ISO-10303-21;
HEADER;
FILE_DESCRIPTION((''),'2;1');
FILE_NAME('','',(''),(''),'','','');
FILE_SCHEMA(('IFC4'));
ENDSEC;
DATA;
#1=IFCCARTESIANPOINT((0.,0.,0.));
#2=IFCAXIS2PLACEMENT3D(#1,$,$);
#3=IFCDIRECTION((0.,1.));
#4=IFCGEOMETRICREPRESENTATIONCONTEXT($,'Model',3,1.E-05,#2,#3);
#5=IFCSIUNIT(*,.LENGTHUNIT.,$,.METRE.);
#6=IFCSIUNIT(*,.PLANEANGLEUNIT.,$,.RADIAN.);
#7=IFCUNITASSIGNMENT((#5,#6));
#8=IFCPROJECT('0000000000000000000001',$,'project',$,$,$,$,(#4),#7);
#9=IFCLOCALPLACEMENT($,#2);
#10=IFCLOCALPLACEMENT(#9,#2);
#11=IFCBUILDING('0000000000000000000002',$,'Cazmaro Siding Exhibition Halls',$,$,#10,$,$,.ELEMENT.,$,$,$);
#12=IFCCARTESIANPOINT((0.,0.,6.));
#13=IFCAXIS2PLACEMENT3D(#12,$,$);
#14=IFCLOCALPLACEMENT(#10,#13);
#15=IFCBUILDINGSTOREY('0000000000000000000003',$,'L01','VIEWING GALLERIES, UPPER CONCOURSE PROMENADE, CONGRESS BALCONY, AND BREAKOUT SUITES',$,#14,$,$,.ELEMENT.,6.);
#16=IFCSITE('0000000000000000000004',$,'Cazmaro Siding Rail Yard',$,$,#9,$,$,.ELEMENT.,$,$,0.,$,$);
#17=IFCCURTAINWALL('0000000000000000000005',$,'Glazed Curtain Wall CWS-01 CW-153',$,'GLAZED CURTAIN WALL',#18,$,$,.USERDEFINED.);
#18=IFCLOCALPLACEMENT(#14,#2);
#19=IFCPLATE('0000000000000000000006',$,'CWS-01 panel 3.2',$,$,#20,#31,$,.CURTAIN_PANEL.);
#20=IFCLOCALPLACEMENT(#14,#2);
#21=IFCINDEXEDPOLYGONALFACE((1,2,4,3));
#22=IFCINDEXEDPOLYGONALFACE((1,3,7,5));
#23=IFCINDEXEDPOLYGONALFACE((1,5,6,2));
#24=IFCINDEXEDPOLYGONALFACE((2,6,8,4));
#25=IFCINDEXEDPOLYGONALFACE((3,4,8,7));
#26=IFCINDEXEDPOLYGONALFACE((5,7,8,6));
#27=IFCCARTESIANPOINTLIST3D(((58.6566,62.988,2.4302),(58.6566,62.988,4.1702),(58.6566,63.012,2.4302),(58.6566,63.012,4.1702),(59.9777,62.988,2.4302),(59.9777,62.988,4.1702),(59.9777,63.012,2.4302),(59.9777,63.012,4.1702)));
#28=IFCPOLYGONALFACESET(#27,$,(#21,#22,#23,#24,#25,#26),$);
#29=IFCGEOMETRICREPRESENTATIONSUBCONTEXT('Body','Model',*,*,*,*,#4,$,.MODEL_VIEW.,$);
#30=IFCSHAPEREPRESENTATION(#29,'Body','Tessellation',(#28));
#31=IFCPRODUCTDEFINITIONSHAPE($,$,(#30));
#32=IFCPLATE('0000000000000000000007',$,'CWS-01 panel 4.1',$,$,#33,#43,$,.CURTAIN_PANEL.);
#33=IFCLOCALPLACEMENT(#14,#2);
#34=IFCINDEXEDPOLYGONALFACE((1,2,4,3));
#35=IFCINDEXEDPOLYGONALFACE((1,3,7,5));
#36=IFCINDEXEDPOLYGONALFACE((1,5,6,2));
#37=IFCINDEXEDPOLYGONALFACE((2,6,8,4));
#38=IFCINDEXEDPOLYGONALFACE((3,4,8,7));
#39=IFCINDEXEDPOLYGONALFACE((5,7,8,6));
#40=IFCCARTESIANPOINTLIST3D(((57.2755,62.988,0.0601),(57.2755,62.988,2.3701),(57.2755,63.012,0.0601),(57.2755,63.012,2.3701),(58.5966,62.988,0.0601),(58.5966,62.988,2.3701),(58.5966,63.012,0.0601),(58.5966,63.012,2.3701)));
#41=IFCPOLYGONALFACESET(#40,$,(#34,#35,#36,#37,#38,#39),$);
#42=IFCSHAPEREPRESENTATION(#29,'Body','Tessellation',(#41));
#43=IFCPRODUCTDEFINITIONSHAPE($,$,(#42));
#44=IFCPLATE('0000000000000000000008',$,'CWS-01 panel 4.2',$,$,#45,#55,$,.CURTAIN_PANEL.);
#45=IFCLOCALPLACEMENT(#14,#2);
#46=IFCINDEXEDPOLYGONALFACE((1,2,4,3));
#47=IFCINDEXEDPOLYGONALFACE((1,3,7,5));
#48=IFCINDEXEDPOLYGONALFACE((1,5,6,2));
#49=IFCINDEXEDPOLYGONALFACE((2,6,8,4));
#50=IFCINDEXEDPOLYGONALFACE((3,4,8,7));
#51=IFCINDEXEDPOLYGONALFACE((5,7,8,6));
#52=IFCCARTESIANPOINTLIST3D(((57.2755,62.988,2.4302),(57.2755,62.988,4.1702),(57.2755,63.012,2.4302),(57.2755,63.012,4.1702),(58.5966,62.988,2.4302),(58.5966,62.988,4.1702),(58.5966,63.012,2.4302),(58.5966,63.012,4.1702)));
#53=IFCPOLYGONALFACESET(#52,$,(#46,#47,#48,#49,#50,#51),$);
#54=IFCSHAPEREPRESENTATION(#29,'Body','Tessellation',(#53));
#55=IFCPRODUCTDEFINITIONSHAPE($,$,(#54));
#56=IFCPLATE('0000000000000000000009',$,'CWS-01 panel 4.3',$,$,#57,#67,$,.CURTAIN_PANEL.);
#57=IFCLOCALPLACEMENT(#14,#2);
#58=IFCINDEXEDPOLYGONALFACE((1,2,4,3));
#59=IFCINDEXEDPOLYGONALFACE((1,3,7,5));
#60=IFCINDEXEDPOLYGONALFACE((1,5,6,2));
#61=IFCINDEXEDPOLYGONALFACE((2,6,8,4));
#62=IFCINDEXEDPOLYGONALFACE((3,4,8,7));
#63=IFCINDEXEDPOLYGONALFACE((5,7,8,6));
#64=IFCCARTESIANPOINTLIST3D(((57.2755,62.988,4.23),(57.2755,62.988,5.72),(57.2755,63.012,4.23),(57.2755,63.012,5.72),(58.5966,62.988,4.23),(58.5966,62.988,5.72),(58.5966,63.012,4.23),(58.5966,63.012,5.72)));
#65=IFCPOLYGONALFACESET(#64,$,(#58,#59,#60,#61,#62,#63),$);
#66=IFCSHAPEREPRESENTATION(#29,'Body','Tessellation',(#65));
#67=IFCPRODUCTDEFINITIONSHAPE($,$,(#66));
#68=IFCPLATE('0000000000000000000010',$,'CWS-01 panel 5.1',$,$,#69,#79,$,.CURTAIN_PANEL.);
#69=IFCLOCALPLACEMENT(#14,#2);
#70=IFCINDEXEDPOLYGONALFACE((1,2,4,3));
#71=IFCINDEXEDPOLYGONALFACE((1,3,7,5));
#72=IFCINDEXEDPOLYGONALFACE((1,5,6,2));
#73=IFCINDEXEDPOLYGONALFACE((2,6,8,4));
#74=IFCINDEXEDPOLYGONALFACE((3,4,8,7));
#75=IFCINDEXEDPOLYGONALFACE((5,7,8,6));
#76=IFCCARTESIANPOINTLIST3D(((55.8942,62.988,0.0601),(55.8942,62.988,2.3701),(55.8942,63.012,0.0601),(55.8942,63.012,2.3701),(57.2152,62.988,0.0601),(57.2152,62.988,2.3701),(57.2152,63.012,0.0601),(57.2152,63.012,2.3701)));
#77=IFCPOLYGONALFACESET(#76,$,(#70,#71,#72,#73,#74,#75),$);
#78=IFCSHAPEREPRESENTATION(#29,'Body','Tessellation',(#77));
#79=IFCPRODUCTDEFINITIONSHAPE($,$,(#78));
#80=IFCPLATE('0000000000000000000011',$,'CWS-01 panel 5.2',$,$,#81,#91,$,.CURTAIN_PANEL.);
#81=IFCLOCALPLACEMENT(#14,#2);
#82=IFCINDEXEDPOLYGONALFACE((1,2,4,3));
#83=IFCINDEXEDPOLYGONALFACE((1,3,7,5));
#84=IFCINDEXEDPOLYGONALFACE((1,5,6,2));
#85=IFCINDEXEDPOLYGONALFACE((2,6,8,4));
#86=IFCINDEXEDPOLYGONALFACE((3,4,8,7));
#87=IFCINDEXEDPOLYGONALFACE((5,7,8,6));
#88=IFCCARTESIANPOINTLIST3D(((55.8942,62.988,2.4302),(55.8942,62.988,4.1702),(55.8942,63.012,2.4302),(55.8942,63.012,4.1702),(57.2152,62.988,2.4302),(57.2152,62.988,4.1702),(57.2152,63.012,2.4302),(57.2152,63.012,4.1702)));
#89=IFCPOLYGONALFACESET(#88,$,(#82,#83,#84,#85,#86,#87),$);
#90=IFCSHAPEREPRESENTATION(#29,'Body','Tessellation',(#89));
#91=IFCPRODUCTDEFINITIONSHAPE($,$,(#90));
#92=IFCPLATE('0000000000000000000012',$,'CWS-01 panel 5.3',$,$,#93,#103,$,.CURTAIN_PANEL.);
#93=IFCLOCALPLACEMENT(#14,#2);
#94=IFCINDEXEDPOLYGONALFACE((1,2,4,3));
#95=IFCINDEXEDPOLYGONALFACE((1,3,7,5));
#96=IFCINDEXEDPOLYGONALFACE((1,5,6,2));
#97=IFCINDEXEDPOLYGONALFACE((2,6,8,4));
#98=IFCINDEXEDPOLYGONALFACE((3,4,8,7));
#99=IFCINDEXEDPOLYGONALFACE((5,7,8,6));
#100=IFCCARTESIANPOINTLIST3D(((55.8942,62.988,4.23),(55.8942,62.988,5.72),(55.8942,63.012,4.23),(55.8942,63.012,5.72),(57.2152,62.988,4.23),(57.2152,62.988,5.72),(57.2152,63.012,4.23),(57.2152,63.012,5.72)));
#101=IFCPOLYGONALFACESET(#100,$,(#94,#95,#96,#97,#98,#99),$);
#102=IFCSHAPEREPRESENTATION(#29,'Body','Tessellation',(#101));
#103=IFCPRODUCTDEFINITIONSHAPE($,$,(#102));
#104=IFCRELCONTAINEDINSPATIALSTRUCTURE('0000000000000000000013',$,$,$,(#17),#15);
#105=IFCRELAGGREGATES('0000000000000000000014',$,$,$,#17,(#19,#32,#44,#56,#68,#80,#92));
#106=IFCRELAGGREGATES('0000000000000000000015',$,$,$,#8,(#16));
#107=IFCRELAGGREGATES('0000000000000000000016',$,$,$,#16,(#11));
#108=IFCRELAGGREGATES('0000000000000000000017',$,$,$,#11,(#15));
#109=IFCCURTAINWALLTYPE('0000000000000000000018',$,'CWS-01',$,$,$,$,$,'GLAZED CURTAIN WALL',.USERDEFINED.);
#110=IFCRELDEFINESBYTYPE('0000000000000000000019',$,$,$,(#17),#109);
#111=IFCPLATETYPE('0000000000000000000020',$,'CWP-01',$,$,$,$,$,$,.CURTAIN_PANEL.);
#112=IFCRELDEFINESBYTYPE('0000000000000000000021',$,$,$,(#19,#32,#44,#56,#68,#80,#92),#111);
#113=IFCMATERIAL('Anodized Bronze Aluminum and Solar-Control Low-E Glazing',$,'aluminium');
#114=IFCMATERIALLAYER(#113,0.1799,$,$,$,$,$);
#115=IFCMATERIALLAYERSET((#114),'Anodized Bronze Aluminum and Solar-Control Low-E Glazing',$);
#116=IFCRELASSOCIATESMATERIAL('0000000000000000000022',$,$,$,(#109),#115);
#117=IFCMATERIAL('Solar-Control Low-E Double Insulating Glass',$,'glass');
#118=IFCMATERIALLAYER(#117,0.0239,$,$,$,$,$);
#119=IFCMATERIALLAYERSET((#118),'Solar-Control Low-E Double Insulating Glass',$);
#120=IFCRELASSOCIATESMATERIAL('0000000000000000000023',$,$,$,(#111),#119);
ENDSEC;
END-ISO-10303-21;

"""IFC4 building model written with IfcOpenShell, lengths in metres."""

from ifc_helpers import new_model, si_unit, direction, frame, origin, origin_2d, place, context, subcontext, project, spatial, rectangle, extrude, material, layer, layer_set, type_object, element, aggregate, save


model = new_model("IFC4")

# Units and contexts
model_context = context("Model", 3, precision=1e-05, world=origin(), true_north=direction((0.0, 1.0)))
body_context = subcontext(model_context, "Body", "Model", "MODEL_VIEW")
ifc_project = project(units=[si_unit("LENGTHUNIT", "METRE"), si_unit("PLANEANGLEUNIT", "RADIAN")], contexts=[model_context])

# Site, building, storey
site_placement = place(None, origin())
site = spatial("IfcSite", under=ifc_project, at=site_placement, Name="Cazmaro Siding Rail Yard", CompositionType="ELEMENT", RefElevation=0.0)
building_placement = place(site_placement, origin())
building = spatial("IfcBuilding", under=site, at=building_placement, Name="Cazmaro Siding Exhibition Halls", CompositionType="ELEMENT")
storey_placement = place(building_placement, frame((0.0, 0.0, 6.0)))
storey = spatial("IfcBuildingStorey", under=building, at=storey_placement, Name="L01", Description="VIEWING GALLERIES, UPPER CONCOURSE PROMENADE, CONGRESS BALCONY, AND BREAKOUT SUITES", CompositionType="ELEMENT", Elevation=6.0)

# Curtain wall, plates
ifc_material_1 = material(Name="Anodized Bronze Aluminum and Solar-Control Low-E Glazing", Category="aluminium")
ifc_layer_1 = layer(ifc_material_1, 0.1799)
ifc_layer_set_1 = layer_set([ifc_layer_1], Name="Anodized Bronze Aluminum and Solar-Control Low-E Glazing")
curtain_wall_type = type_object("IfcCurtainWallType", Name="CWS-01", ElementType="GLAZED CURTAIN WALL", PredefinedType="USERDEFINED", material=ifc_layer_set_1)
curtain_wall_placement = place(storey_placement, origin())
curtain_wall = element("IfcCurtainWall", 1, at=curtain_wall_placement, inside=storey, type_object=curtain_wall_type, Name="Glazed Curtain Wall CWS-01 CW-153", ObjectType="GLAZED CURTAIN WALL", PredefinedType="USERDEFINED")
ifc_material_2 = material(Name="Solar-Control Low-E Double Insulating Glass", Category="glass")
ifc_layer_2 = layer(ifc_material_2, 0.0239)
ifc_layer_set_2 = layer_set([ifc_layer_2], Name="Solar-Control Low-E Double Insulating Glass")
plate_type = type_object("IfcPlateType", Name="CWP-01", PredefinedType="CURTAIN_PANEL", material=ifc_layer_set_2)
plate_1_placement = place(storey_placement, frame((59.3171, 63.0, 2.4302), z_axis=(0.0, 0.0, 1.0), x_axis=(-1.0, 0.0, 0.0)))
plate_1 = element("IfcPlate", 2, at=plate_1_placement, type_object=plate_type, Name="CWS-01 panel 3.2", PredefinedType="CURTAIN_PANEL", context=body_context, shape_type="SweptSolid", body=[
    extrude(rectangle(XDim=1.321, YDim=0.0239, at=origin_2d()), origin(), (0.0, 0.0, 1.0), 1.74),
])
plate_2_placement = place(storey_placement, frame((57.936, 63.0, 0.0601), z_axis=(0.0, 0.0, 1.0), x_axis=(-1.0, 0.0, 0.0)))
plate_2 = element("IfcPlate", 3, at=plate_2_placement, type_object=plate_type, Name="CWS-01 panel 4.1", PredefinedType="CURTAIN_PANEL", context=body_context, shape_type="SweptSolid", body=[
    extrude(rectangle(XDim=1.321, YDim=0.0239, at=origin_2d()), origin(), (0.0, 0.0, 1.0), 2.3101),
])
plate_3_placement = place(storey_placement, frame((57.936, 63.0, 2.4302), z_axis=(0.0, 0.0, 1.0), x_axis=(-1.0, 0.0, 0.0)))
plate_3 = element("IfcPlate", 4, at=plate_3_placement, type_object=plate_type, Name="CWS-01 panel 4.2", PredefinedType="CURTAIN_PANEL", context=body_context, shape_type="SweptSolid", body=[
    extrude(rectangle(XDim=1.321, YDim=0.0239, at=origin_2d()), origin(), (0.0, 0.0, 1.0), 1.74),
])
plate_4_placement = place(storey_placement, frame((57.936, 63.0, 4.23), z_axis=(0.0, 0.0, 1.0), x_axis=(-1.0, 0.0, 0.0)))
plate_4 = element("IfcPlate", 5, at=plate_4_placement, type_object=plate_type, Name="CWS-01 panel 4.3", PredefinedType="CURTAIN_PANEL", context=body_context, shape_type="SweptSolid", body=[
    extrude(rectangle(XDim=1.321, YDim=0.0239, at=origin_2d()), origin(), (0.0, 0.0, 1.0), 1.49),
])
plate_5_placement = place(storey_placement, frame((56.5547, 63.0, 0.0601), z_axis=(0.0, 0.0, 1.0), x_axis=(-1.0, 0.0, 0.0)))
plate_5 = element("IfcPlate", 6, at=plate_5_placement, type_object=plate_type, Name="CWS-01 panel 5.1", PredefinedType="CURTAIN_PANEL", context=body_context, shape_type="SweptSolid", body=[
    extrude(rectangle(XDim=1.321, YDim=0.0239, at=origin_2d()), origin(), (0.0, 0.0, 1.0), 2.3101),
])
plate_6_placement = place(storey_placement, frame((56.5547, 63.0, 2.4302), z_axis=(0.0, 0.0, 1.0), x_axis=(-1.0, 0.0, 0.0)))
plate_6 = element("IfcPlate", 7, at=plate_6_placement, type_object=plate_type, Name="CWS-01 panel 5.2", PredefinedType="CURTAIN_PANEL", context=body_context, shape_type="SweptSolid", body=[
    extrude(rectangle(XDim=1.321, YDim=0.0239, at=origin_2d()), origin(), (0.0, 0.0, 1.0), 1.74),
])
plate_7_placement = place(storey_placement, frame((56.5547, 63.0, 4.23), z_axis=(0.0, 0.0, 1.0), x_axis=(-1.0, 0.0, 0.0)))
plate_7 = element("IfcPlate", 8, at=plate_7_placement, type_object=plate_type, Name="CWS-01 panel 5.3", PredefinedType="CURTAIN_PANEL", context=body_context, shape_type="SweptSolid", body=[
    extrude(rectangle(XDim=1.321, YDim=0.0239, at=origin_2d()), origin(), (0.0, 0.0, 1.0), 1.49),
])
aggregate(curtain_wall, [plate_1, plate_2, plate_3, plate_4, plate_5, plate_6, plate_7])

save(model, "model.ifc")
